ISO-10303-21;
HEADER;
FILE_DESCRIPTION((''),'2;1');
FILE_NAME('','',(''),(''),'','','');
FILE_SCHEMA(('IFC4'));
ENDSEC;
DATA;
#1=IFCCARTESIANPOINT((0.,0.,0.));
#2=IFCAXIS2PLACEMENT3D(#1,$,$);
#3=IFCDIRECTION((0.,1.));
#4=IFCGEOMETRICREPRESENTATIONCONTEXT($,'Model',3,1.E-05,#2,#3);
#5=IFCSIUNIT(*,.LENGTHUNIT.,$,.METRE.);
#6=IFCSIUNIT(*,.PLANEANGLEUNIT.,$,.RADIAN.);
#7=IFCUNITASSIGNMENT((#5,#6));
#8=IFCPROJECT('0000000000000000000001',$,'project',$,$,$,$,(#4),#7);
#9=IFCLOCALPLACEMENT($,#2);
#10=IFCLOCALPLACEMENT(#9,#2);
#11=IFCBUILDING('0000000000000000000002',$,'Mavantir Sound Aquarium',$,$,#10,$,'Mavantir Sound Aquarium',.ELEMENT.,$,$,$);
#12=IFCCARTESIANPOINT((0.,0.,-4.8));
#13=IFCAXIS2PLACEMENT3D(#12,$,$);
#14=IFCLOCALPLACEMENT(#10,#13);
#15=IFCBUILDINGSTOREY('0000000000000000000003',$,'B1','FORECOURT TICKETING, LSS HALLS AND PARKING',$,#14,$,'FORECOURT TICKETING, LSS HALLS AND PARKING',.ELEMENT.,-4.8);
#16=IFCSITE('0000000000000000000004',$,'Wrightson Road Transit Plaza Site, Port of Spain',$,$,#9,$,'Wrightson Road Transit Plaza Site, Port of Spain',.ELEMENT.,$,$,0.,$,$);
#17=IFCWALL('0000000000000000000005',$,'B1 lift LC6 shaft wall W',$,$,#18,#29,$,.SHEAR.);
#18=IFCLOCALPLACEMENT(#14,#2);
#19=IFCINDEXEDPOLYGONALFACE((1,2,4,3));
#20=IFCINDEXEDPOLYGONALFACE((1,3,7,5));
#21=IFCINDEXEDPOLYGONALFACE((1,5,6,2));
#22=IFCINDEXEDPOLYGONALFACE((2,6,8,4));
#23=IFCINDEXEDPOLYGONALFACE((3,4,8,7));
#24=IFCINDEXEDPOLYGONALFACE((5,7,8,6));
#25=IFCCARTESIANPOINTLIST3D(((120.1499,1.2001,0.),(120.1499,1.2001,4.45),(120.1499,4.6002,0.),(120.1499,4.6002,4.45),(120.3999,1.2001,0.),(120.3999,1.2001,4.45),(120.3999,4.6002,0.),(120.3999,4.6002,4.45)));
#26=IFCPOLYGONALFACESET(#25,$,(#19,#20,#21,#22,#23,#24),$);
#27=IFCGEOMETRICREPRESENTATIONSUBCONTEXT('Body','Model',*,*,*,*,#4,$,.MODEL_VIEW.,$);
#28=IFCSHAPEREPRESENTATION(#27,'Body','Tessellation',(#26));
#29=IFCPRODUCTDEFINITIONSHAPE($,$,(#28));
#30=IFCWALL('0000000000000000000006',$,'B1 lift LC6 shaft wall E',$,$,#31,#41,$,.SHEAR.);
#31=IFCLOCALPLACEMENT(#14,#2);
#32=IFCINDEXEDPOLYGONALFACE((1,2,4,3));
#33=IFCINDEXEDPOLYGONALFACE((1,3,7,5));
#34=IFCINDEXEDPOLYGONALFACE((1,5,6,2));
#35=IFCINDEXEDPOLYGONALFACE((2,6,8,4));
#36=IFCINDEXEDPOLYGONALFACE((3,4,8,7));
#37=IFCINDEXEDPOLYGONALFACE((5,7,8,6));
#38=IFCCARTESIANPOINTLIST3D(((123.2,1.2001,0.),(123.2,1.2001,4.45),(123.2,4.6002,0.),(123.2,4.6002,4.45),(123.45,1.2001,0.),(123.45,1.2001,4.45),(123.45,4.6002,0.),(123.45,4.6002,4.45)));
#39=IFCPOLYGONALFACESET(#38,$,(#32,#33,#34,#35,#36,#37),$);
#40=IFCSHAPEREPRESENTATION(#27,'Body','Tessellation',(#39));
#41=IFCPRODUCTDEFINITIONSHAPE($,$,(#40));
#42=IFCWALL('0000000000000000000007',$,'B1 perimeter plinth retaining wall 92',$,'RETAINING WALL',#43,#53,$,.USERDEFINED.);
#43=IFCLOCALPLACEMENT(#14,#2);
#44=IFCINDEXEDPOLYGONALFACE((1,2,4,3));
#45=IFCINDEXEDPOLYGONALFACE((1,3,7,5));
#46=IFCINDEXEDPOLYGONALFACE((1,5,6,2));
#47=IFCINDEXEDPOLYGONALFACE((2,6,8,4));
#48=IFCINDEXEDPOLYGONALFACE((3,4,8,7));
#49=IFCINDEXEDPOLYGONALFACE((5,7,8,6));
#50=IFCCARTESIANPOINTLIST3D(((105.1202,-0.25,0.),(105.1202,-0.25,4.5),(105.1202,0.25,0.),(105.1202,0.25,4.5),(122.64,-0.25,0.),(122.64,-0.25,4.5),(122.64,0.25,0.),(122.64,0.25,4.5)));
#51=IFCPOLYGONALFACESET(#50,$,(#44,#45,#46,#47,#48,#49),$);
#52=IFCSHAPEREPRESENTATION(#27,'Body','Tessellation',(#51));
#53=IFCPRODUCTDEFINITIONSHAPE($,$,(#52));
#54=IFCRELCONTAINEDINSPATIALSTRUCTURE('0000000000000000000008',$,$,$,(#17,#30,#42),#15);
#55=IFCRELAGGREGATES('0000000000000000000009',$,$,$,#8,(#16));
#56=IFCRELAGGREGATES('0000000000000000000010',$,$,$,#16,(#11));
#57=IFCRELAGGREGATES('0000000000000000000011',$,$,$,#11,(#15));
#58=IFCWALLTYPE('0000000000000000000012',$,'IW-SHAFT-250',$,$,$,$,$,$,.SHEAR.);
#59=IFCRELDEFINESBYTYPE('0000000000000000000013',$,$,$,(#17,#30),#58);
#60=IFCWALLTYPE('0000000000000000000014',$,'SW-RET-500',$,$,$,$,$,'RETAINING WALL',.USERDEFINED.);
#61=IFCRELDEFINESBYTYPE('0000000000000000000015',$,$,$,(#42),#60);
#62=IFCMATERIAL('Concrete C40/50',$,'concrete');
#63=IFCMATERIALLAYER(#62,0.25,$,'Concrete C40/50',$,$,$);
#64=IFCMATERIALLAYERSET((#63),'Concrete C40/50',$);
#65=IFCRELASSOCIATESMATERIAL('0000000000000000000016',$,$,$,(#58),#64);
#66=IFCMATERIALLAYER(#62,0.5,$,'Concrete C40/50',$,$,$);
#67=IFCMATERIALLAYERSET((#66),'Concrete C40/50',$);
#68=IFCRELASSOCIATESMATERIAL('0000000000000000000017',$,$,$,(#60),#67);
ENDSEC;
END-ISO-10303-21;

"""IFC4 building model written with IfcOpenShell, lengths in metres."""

from ifc_helpers import new_model, si_unit, direction, frame, frame_2d, origin, place, context, subcontext, project, spatial, rectangle, extrude, material, layer, layer_set, type_object, element, save


model = new_model("IFC4")

# Units and contexts
model_context = context("Model", 3, precision=1e-05, world=origin(), true_north=direction((0.0, 1.0)))
body_context = subcontext(model_context, "Body", "Model", "MODEL_VIEW")
ifc_project = project(units=[si_unit("LENGTHUNIT", "METRE"), si_unit("PLANEANGLEUNIT", "RADIAN")], contexts=[model_context])

# Site, building, storey
site_placement = place(None, origin())
site = spatial("IfcSite", under=ifc_project, at=site_placement, Name="Wrightson Road Transit Plaza Site, Port of Spain", LongName="Wrightson Road Transit Plaza Site, Port of Spain", CompositionType="ELEMENT", RefElevation=0.0)
building_placement = place(site_placement, origin())
building = spatial("IfcBuilding", under=site, at=building_placement, Name="Mavantir Sound Aquarium", LongName="Mavantir Sound Aquarium", CompositionType="ELEMENT")
storey_placement = place(building_placement, frame((0.0, 0.0, -4.8)))
storey = spatial("IfcBuildingStorey", under=building, at=storey_placement, Name="B1", Description="FORECOURT TICKETING, LSS HALLS AND PARKING", LongName="FORECOURT TICKETING, LSS HALLS AND PARKING", CompositionType="ELEMENT", Elevation=-4.8)

# Shared definitions
ifc_material_1 = material(Name="Concrete C40/50", Category="concrete")

# Shared definitions
ifc_layer_1 = layer(ifc_material_1, 0.25, Name="Concrete C40/50")
ifc_layer_set_1 = layer_set([ifc_layer_1], Name="Concrete C40/50")
wall_type_1 = type_object("IfcWallType", Name="IW-SHAFT-250", PredefinedType="SHEAR", material=ifc_layer_set_1)

# Walls
for number, where, z_axis, x_axis, name in (
    (1, (120.2749, 1.2, 0.0), (0.0, 0.0, 1.0), (0.0, 1.0, 0.0), "B1 lift LC6 shaft wall W"),
    (2, (123.325, 1.2, 0.0), (0.0, 0.0, 1.0), (0.0, 1.0, 0.0), "B1 lift LC6 shaft wall E"),
):
    element("IfcWall", number, at=place(storey_placement, frame(where, z_axis=z_axis, x_axis=x_axis)), inside=storey, type_object=wall_type_1, Name=name, PredefinedType="SHEAR", context=body_context, shape_type="SweptSolid", body=[
        extrude(rectangle(XDim=3.4001, YDim=0.25, at=frame_2d((1.7002, 0.0))), origin(), (0.0, 0.0, 1.0), 4.45),
    ])
ifc_layer_2 = layer(ifc_material_1, 0.5, Name="Concrete C40/50")
ifc_layer_set_2 = layer_set([ifc_layer_2], Name="Concrete C40/50")
wall_type_2 = type_object("IfcWallType", Name="SW-RET-500", ElementType="RETAINING WALL", PredefinedType="USERDEFINED", material=ifc_layer_set_2)
wall_1_placement = place(storey_placement, frame((122.6399, 0.0, 0.0), z_axis=(0.0, 0.0, 1.0), x_axis=(-1.0, 0.0, 0.0)))
element("IfcWall", 3, at=wall_1_placement, inside=storey, type_object=wall_type_2, Name="B1 perimeter plinth retaining wall 92", ObjectType="RETAINING WALL", PredefinedType="USERDEFINED", context=body_context, shape_type="SweptSolid", body=[
    extrude(rectangle(XDim=17.5198, YDim=0.5, at=frame_2d((8.7598, 0.0))), origin(), (0.0, 0.0, 1.0), 4.5),
])

save(model, "model.ifc")
